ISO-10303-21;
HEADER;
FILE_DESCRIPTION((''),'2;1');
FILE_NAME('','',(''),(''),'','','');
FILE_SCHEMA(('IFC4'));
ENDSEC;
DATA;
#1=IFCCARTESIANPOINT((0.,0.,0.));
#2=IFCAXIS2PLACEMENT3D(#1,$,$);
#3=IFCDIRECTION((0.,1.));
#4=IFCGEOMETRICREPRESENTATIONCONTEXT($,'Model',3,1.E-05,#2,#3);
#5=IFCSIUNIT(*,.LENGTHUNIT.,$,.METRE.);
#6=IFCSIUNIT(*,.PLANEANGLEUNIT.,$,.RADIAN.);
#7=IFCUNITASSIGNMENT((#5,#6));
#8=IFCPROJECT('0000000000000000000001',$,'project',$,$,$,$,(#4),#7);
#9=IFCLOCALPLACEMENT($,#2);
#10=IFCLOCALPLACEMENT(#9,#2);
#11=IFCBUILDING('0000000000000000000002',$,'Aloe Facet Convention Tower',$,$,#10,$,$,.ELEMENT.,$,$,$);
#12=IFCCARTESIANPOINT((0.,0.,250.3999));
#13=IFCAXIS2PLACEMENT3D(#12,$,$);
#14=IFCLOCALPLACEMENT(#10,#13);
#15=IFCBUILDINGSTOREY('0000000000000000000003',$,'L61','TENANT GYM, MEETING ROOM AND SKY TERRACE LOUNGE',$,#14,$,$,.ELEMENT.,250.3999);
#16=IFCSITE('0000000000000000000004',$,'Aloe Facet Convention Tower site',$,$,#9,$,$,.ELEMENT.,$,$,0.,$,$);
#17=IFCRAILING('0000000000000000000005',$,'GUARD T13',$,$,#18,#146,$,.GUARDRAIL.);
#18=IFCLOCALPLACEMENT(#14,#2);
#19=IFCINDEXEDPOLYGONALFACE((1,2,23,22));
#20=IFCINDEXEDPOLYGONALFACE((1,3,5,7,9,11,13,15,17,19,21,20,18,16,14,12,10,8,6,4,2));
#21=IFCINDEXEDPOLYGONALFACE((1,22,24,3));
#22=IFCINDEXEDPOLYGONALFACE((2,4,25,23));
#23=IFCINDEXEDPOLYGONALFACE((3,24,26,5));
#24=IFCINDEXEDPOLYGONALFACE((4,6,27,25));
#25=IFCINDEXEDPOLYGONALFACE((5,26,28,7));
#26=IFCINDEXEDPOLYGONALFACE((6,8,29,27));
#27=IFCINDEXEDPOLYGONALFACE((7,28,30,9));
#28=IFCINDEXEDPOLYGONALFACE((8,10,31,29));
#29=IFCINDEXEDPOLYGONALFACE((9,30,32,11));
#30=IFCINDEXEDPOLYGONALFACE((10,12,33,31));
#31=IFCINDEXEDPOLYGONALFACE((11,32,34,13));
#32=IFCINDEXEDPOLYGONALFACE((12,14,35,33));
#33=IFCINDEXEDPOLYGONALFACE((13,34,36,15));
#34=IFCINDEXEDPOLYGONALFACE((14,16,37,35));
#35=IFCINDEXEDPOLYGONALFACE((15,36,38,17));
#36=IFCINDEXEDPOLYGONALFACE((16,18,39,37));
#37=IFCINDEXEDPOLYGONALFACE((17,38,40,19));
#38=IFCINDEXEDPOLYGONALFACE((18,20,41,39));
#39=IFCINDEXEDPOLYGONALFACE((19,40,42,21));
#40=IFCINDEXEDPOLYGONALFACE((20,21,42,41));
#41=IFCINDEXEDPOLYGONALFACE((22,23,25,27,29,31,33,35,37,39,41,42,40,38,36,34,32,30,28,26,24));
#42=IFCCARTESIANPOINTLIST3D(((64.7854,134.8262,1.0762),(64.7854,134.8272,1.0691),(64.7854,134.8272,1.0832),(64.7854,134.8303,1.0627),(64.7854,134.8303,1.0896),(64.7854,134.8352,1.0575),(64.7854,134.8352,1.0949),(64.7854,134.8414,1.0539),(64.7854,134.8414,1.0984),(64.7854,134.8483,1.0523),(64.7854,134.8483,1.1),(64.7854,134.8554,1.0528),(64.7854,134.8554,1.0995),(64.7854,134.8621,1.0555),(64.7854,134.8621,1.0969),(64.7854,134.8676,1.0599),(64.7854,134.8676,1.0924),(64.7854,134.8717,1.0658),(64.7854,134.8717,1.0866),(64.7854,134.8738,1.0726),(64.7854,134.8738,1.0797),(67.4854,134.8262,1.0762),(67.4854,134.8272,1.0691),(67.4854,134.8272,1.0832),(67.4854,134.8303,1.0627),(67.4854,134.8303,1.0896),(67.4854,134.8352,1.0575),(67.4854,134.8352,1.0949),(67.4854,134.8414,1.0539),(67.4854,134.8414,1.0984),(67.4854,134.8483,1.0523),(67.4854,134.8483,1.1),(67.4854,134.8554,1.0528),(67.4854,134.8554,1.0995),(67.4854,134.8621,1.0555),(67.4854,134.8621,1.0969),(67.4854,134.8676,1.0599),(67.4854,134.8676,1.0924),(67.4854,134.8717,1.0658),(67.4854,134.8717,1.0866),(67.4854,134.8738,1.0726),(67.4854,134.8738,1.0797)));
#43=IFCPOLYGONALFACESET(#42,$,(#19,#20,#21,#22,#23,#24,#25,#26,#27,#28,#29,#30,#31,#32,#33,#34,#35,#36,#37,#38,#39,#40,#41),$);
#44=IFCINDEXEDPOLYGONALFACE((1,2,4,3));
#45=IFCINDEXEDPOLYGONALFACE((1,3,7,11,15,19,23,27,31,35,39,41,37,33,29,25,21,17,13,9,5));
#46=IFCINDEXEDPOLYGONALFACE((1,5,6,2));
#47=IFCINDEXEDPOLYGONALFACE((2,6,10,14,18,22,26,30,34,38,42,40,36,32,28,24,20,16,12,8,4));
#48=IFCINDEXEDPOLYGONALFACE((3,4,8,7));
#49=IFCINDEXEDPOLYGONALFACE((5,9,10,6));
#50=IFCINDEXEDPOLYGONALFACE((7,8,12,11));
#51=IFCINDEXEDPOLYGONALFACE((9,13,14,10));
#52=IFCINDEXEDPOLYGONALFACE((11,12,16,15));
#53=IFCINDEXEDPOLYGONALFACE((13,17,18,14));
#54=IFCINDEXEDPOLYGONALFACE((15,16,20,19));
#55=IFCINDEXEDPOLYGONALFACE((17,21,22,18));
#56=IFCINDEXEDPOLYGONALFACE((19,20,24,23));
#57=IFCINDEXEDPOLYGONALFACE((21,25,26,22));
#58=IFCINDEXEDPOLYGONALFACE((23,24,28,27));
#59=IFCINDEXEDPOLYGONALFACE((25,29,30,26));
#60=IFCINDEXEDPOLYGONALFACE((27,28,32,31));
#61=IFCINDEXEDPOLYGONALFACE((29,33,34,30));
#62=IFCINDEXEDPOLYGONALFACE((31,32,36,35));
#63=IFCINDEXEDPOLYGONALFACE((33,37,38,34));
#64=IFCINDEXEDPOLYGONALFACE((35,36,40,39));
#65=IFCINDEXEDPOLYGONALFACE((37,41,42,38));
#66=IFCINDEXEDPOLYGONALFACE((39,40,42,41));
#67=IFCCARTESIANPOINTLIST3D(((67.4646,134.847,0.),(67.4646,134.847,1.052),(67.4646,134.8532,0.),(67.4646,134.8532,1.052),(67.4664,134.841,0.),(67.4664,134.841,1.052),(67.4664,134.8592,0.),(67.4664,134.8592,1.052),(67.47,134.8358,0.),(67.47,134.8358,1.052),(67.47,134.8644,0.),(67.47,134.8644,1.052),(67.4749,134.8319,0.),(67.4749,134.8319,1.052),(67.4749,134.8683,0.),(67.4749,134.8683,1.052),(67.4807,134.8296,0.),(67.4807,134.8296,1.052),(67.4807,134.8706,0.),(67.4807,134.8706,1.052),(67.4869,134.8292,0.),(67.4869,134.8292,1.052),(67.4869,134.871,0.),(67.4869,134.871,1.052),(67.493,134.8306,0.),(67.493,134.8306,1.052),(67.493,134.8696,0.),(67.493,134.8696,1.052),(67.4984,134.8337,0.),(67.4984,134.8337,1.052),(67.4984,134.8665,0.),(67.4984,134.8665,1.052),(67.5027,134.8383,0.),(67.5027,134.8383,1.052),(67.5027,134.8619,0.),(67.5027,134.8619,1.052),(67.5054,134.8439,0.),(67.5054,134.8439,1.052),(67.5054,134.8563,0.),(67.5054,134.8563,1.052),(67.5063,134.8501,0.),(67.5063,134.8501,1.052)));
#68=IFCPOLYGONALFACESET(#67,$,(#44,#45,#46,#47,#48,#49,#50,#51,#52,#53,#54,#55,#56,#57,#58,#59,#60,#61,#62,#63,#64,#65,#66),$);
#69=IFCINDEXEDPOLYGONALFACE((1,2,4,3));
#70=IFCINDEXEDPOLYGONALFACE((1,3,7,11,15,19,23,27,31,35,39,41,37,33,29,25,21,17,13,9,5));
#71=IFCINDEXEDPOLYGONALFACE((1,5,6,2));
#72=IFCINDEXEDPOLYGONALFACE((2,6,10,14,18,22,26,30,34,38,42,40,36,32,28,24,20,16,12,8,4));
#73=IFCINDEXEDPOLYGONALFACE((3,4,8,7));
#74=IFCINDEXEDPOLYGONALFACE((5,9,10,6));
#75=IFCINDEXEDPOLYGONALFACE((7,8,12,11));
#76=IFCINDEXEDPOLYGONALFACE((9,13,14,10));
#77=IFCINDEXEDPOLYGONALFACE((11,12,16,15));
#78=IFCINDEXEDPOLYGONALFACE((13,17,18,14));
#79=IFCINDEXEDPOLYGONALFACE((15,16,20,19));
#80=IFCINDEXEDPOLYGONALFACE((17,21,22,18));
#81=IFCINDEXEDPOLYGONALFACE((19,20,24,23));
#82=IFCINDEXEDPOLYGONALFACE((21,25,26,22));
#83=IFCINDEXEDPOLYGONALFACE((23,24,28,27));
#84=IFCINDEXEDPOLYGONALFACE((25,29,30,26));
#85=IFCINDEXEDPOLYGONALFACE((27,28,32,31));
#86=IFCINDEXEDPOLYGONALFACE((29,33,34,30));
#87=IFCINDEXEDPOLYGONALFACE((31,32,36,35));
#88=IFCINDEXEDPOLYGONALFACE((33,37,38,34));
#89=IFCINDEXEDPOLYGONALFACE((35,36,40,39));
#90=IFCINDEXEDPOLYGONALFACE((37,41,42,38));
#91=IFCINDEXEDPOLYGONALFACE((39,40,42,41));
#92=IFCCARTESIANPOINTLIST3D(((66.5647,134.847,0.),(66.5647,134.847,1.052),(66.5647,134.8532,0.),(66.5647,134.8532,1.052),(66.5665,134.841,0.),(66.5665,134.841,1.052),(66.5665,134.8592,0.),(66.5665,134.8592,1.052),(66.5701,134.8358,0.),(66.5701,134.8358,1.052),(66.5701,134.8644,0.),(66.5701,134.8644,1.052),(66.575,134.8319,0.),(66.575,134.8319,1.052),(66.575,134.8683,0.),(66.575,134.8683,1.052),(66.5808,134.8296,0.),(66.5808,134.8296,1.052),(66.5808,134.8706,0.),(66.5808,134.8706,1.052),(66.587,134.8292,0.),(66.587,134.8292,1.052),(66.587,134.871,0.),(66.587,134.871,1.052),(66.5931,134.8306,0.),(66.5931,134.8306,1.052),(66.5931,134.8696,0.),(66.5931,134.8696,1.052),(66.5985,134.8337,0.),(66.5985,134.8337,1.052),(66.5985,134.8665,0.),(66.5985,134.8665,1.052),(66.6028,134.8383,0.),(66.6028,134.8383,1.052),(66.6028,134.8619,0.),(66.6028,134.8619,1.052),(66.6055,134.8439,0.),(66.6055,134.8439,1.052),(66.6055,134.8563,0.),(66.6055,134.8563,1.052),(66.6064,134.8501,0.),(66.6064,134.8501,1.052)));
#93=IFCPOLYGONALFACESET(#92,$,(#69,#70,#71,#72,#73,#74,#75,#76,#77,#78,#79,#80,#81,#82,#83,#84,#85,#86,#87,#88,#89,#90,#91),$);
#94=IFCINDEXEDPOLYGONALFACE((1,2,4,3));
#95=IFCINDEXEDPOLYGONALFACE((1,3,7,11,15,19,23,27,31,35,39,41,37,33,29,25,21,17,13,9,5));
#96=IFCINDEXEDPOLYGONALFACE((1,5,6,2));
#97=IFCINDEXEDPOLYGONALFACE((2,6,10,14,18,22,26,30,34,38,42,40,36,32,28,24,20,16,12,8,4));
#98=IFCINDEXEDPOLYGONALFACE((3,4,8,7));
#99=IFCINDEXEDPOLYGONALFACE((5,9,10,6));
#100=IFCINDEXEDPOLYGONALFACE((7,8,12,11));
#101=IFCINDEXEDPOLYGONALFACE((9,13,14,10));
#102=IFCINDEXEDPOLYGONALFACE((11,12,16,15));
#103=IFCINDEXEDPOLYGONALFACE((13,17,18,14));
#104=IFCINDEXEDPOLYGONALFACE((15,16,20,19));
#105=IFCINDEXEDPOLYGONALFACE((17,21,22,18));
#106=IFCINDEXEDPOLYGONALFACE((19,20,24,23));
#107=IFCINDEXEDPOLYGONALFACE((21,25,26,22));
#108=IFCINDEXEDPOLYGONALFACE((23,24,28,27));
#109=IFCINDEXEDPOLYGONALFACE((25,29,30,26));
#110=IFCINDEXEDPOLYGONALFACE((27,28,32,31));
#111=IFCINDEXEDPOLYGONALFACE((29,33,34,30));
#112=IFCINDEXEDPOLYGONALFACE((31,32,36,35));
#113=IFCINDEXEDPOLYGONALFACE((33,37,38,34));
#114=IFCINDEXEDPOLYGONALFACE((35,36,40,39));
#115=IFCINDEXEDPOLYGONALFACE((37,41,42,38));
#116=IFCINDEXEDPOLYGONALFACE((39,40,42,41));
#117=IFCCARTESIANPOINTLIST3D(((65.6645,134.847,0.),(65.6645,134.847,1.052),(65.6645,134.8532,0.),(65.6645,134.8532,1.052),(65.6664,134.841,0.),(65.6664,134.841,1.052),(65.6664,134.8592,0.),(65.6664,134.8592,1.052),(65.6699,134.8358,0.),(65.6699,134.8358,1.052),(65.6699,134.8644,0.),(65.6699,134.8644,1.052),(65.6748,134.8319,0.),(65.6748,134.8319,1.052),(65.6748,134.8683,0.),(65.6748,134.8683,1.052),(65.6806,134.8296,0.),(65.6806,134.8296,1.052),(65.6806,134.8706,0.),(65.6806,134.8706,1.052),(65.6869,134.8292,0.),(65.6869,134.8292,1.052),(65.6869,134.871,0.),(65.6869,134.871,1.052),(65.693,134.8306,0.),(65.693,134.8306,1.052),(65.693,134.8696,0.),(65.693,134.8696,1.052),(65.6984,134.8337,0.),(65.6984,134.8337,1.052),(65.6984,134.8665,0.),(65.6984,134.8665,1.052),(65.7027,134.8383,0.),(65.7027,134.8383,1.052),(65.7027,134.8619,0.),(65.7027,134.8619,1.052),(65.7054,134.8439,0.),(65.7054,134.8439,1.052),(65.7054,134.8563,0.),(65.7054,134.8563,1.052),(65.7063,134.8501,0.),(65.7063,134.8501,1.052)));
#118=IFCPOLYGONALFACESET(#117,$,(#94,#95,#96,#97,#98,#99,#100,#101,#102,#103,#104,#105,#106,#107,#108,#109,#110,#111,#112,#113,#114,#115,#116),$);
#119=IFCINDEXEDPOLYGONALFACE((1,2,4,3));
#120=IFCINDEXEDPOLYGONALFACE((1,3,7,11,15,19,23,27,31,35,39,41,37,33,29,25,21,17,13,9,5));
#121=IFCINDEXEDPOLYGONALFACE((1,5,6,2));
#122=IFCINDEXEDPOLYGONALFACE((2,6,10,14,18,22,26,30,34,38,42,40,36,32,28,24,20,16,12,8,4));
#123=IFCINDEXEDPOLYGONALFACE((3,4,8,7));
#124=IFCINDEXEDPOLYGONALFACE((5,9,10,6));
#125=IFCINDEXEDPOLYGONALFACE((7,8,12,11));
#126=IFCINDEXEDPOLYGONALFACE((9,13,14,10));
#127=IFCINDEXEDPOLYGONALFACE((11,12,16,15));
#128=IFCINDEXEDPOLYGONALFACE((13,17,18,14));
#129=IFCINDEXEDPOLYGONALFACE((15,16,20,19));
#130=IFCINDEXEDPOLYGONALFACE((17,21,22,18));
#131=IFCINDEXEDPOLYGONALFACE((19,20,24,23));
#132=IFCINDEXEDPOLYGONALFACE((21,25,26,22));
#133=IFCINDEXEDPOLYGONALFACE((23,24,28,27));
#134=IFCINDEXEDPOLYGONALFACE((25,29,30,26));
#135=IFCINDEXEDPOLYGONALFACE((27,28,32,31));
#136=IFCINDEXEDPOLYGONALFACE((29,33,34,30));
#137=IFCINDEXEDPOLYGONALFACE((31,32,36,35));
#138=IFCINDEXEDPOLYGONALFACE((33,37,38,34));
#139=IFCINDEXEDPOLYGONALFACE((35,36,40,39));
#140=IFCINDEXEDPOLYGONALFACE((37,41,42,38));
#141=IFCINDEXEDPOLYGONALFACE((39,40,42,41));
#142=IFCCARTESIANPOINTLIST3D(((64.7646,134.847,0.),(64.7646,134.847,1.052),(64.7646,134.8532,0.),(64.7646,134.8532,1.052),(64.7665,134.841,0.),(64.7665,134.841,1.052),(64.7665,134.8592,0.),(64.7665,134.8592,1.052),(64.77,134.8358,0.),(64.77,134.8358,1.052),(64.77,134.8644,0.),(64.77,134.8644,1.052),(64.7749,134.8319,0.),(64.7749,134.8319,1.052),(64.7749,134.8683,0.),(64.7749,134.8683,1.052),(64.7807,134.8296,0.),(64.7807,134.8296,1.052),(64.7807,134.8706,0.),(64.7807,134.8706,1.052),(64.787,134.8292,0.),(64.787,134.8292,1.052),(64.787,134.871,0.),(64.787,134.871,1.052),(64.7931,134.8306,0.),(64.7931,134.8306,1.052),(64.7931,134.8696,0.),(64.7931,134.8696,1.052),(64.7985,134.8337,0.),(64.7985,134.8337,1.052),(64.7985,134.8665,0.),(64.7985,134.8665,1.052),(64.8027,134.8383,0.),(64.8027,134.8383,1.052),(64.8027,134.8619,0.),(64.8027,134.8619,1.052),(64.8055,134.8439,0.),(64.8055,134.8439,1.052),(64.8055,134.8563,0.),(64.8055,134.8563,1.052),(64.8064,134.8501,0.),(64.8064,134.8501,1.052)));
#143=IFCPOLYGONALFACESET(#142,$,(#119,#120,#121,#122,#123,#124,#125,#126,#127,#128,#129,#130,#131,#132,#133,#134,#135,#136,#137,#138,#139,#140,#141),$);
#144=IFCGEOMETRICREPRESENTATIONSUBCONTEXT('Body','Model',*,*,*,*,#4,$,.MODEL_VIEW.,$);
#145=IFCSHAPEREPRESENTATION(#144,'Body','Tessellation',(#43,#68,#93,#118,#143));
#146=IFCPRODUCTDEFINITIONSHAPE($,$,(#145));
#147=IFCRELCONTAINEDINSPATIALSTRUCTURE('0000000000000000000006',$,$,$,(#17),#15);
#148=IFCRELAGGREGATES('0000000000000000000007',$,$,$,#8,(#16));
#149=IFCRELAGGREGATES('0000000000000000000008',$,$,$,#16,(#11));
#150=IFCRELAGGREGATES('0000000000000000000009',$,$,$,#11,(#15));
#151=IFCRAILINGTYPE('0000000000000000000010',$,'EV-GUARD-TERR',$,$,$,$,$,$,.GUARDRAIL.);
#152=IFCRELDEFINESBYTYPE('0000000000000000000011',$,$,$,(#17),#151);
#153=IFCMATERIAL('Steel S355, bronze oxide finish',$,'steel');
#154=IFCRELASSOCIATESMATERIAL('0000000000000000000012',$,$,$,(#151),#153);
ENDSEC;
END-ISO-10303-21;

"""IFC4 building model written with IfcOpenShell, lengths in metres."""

from ifc_helpers import new_model, si_unit, direction, frame, origin, origin_2d, place, context, subcontext, project, spatial, circle, extrude, material, type_object, element, save


model = new_model("IFC4")

# Units and contexts
model_context = context("Model", 3, precision=1e-05, world=origin(), true_north=direction((0.0, 1.0)))
body_context = subcontext(model_context, "Body", "Model", "MODEL_VIEW")
ifc_project = project(units=[si_unit("LENGTHUNIT", "METRE"), si_unit("PLANEANGLEUNIT", "RADIAN")], contexts=[model_context])

# Site, building, storey
site_placement = place(None, origin())
site = spatial("IfcSite", under=ifc_project, at=site_placement, Name="Aloe Facet Convention Tower site", CompositionType="ELEMENT", RefElevation=0.0)
building_placement = place(site_placement, origin())
building = spatial("IfcBuilding", under=site, at=building_placement, Name="Aloe Facet Convention Tower", CompositionType="ELEMENT")
storey_placement = place(building_placement, frame((0.0, 0.0, 250.3999)))
storey = spatial("IfcBuildingStorey", under=building, at=storey_placement, Name="L61", Description="TENANT GYM, MEETING ROOM AND SKY TERRACE LOUNGE", CompositionType="ELEMENT", Elevation=250.3999)

# Railing
ifc_material_1 = material(Name="Steel S355, bronze oxide finish", Category="steel")
railing_type = type_object("IfcRailingType", Name="EV-GUARD-TERR", PredefinedType="GUARDRAIL", material=ifc_material_1)
railing_placement = place(storey_placement, frame((67.4854, 134.8501, 0.0)))
element("IfcRailing", 1, at=railing_placement, inside=storey, type_object=railing_type, Name="GUARD T13", PredefinedType="GUARDRAIL", context=body_context, shape_type="SweptSolid", body=[
    extrude(circle(Radius=0.0239, at=origin_2d()), frame((0.0, 0.0, 1.0762), z_axis=(-1.0, 0.0, 0.0), x_axis=(0.0, -1.0, 0.0)), (0.0, 0.0, 1.0), 2.7),
    extrude(circle(Radius=0.021, at=origin_2d()), origin(), (0.0, 0.0, 1.0), 1.052),
    extrude(circle(Radius=0.021, at=origin_2d()), frame((-0.8999, 0.0, 0.0)), (0.0, 0.0, 1.0), 1.052),
    extrude(circle(Radius=0.021, at=origin_2d()), frame((-1.8, 0.0, 0.0)), (0.0, 0.0, 1.0), 1.052),
    extrude(circle(Radius=0.021, at=origin_2d()), frame((-2.7, 0.0, 0.0)), (0.0, 0.0, 1.0), 1.052),
])

save(model, "model.ifc")
